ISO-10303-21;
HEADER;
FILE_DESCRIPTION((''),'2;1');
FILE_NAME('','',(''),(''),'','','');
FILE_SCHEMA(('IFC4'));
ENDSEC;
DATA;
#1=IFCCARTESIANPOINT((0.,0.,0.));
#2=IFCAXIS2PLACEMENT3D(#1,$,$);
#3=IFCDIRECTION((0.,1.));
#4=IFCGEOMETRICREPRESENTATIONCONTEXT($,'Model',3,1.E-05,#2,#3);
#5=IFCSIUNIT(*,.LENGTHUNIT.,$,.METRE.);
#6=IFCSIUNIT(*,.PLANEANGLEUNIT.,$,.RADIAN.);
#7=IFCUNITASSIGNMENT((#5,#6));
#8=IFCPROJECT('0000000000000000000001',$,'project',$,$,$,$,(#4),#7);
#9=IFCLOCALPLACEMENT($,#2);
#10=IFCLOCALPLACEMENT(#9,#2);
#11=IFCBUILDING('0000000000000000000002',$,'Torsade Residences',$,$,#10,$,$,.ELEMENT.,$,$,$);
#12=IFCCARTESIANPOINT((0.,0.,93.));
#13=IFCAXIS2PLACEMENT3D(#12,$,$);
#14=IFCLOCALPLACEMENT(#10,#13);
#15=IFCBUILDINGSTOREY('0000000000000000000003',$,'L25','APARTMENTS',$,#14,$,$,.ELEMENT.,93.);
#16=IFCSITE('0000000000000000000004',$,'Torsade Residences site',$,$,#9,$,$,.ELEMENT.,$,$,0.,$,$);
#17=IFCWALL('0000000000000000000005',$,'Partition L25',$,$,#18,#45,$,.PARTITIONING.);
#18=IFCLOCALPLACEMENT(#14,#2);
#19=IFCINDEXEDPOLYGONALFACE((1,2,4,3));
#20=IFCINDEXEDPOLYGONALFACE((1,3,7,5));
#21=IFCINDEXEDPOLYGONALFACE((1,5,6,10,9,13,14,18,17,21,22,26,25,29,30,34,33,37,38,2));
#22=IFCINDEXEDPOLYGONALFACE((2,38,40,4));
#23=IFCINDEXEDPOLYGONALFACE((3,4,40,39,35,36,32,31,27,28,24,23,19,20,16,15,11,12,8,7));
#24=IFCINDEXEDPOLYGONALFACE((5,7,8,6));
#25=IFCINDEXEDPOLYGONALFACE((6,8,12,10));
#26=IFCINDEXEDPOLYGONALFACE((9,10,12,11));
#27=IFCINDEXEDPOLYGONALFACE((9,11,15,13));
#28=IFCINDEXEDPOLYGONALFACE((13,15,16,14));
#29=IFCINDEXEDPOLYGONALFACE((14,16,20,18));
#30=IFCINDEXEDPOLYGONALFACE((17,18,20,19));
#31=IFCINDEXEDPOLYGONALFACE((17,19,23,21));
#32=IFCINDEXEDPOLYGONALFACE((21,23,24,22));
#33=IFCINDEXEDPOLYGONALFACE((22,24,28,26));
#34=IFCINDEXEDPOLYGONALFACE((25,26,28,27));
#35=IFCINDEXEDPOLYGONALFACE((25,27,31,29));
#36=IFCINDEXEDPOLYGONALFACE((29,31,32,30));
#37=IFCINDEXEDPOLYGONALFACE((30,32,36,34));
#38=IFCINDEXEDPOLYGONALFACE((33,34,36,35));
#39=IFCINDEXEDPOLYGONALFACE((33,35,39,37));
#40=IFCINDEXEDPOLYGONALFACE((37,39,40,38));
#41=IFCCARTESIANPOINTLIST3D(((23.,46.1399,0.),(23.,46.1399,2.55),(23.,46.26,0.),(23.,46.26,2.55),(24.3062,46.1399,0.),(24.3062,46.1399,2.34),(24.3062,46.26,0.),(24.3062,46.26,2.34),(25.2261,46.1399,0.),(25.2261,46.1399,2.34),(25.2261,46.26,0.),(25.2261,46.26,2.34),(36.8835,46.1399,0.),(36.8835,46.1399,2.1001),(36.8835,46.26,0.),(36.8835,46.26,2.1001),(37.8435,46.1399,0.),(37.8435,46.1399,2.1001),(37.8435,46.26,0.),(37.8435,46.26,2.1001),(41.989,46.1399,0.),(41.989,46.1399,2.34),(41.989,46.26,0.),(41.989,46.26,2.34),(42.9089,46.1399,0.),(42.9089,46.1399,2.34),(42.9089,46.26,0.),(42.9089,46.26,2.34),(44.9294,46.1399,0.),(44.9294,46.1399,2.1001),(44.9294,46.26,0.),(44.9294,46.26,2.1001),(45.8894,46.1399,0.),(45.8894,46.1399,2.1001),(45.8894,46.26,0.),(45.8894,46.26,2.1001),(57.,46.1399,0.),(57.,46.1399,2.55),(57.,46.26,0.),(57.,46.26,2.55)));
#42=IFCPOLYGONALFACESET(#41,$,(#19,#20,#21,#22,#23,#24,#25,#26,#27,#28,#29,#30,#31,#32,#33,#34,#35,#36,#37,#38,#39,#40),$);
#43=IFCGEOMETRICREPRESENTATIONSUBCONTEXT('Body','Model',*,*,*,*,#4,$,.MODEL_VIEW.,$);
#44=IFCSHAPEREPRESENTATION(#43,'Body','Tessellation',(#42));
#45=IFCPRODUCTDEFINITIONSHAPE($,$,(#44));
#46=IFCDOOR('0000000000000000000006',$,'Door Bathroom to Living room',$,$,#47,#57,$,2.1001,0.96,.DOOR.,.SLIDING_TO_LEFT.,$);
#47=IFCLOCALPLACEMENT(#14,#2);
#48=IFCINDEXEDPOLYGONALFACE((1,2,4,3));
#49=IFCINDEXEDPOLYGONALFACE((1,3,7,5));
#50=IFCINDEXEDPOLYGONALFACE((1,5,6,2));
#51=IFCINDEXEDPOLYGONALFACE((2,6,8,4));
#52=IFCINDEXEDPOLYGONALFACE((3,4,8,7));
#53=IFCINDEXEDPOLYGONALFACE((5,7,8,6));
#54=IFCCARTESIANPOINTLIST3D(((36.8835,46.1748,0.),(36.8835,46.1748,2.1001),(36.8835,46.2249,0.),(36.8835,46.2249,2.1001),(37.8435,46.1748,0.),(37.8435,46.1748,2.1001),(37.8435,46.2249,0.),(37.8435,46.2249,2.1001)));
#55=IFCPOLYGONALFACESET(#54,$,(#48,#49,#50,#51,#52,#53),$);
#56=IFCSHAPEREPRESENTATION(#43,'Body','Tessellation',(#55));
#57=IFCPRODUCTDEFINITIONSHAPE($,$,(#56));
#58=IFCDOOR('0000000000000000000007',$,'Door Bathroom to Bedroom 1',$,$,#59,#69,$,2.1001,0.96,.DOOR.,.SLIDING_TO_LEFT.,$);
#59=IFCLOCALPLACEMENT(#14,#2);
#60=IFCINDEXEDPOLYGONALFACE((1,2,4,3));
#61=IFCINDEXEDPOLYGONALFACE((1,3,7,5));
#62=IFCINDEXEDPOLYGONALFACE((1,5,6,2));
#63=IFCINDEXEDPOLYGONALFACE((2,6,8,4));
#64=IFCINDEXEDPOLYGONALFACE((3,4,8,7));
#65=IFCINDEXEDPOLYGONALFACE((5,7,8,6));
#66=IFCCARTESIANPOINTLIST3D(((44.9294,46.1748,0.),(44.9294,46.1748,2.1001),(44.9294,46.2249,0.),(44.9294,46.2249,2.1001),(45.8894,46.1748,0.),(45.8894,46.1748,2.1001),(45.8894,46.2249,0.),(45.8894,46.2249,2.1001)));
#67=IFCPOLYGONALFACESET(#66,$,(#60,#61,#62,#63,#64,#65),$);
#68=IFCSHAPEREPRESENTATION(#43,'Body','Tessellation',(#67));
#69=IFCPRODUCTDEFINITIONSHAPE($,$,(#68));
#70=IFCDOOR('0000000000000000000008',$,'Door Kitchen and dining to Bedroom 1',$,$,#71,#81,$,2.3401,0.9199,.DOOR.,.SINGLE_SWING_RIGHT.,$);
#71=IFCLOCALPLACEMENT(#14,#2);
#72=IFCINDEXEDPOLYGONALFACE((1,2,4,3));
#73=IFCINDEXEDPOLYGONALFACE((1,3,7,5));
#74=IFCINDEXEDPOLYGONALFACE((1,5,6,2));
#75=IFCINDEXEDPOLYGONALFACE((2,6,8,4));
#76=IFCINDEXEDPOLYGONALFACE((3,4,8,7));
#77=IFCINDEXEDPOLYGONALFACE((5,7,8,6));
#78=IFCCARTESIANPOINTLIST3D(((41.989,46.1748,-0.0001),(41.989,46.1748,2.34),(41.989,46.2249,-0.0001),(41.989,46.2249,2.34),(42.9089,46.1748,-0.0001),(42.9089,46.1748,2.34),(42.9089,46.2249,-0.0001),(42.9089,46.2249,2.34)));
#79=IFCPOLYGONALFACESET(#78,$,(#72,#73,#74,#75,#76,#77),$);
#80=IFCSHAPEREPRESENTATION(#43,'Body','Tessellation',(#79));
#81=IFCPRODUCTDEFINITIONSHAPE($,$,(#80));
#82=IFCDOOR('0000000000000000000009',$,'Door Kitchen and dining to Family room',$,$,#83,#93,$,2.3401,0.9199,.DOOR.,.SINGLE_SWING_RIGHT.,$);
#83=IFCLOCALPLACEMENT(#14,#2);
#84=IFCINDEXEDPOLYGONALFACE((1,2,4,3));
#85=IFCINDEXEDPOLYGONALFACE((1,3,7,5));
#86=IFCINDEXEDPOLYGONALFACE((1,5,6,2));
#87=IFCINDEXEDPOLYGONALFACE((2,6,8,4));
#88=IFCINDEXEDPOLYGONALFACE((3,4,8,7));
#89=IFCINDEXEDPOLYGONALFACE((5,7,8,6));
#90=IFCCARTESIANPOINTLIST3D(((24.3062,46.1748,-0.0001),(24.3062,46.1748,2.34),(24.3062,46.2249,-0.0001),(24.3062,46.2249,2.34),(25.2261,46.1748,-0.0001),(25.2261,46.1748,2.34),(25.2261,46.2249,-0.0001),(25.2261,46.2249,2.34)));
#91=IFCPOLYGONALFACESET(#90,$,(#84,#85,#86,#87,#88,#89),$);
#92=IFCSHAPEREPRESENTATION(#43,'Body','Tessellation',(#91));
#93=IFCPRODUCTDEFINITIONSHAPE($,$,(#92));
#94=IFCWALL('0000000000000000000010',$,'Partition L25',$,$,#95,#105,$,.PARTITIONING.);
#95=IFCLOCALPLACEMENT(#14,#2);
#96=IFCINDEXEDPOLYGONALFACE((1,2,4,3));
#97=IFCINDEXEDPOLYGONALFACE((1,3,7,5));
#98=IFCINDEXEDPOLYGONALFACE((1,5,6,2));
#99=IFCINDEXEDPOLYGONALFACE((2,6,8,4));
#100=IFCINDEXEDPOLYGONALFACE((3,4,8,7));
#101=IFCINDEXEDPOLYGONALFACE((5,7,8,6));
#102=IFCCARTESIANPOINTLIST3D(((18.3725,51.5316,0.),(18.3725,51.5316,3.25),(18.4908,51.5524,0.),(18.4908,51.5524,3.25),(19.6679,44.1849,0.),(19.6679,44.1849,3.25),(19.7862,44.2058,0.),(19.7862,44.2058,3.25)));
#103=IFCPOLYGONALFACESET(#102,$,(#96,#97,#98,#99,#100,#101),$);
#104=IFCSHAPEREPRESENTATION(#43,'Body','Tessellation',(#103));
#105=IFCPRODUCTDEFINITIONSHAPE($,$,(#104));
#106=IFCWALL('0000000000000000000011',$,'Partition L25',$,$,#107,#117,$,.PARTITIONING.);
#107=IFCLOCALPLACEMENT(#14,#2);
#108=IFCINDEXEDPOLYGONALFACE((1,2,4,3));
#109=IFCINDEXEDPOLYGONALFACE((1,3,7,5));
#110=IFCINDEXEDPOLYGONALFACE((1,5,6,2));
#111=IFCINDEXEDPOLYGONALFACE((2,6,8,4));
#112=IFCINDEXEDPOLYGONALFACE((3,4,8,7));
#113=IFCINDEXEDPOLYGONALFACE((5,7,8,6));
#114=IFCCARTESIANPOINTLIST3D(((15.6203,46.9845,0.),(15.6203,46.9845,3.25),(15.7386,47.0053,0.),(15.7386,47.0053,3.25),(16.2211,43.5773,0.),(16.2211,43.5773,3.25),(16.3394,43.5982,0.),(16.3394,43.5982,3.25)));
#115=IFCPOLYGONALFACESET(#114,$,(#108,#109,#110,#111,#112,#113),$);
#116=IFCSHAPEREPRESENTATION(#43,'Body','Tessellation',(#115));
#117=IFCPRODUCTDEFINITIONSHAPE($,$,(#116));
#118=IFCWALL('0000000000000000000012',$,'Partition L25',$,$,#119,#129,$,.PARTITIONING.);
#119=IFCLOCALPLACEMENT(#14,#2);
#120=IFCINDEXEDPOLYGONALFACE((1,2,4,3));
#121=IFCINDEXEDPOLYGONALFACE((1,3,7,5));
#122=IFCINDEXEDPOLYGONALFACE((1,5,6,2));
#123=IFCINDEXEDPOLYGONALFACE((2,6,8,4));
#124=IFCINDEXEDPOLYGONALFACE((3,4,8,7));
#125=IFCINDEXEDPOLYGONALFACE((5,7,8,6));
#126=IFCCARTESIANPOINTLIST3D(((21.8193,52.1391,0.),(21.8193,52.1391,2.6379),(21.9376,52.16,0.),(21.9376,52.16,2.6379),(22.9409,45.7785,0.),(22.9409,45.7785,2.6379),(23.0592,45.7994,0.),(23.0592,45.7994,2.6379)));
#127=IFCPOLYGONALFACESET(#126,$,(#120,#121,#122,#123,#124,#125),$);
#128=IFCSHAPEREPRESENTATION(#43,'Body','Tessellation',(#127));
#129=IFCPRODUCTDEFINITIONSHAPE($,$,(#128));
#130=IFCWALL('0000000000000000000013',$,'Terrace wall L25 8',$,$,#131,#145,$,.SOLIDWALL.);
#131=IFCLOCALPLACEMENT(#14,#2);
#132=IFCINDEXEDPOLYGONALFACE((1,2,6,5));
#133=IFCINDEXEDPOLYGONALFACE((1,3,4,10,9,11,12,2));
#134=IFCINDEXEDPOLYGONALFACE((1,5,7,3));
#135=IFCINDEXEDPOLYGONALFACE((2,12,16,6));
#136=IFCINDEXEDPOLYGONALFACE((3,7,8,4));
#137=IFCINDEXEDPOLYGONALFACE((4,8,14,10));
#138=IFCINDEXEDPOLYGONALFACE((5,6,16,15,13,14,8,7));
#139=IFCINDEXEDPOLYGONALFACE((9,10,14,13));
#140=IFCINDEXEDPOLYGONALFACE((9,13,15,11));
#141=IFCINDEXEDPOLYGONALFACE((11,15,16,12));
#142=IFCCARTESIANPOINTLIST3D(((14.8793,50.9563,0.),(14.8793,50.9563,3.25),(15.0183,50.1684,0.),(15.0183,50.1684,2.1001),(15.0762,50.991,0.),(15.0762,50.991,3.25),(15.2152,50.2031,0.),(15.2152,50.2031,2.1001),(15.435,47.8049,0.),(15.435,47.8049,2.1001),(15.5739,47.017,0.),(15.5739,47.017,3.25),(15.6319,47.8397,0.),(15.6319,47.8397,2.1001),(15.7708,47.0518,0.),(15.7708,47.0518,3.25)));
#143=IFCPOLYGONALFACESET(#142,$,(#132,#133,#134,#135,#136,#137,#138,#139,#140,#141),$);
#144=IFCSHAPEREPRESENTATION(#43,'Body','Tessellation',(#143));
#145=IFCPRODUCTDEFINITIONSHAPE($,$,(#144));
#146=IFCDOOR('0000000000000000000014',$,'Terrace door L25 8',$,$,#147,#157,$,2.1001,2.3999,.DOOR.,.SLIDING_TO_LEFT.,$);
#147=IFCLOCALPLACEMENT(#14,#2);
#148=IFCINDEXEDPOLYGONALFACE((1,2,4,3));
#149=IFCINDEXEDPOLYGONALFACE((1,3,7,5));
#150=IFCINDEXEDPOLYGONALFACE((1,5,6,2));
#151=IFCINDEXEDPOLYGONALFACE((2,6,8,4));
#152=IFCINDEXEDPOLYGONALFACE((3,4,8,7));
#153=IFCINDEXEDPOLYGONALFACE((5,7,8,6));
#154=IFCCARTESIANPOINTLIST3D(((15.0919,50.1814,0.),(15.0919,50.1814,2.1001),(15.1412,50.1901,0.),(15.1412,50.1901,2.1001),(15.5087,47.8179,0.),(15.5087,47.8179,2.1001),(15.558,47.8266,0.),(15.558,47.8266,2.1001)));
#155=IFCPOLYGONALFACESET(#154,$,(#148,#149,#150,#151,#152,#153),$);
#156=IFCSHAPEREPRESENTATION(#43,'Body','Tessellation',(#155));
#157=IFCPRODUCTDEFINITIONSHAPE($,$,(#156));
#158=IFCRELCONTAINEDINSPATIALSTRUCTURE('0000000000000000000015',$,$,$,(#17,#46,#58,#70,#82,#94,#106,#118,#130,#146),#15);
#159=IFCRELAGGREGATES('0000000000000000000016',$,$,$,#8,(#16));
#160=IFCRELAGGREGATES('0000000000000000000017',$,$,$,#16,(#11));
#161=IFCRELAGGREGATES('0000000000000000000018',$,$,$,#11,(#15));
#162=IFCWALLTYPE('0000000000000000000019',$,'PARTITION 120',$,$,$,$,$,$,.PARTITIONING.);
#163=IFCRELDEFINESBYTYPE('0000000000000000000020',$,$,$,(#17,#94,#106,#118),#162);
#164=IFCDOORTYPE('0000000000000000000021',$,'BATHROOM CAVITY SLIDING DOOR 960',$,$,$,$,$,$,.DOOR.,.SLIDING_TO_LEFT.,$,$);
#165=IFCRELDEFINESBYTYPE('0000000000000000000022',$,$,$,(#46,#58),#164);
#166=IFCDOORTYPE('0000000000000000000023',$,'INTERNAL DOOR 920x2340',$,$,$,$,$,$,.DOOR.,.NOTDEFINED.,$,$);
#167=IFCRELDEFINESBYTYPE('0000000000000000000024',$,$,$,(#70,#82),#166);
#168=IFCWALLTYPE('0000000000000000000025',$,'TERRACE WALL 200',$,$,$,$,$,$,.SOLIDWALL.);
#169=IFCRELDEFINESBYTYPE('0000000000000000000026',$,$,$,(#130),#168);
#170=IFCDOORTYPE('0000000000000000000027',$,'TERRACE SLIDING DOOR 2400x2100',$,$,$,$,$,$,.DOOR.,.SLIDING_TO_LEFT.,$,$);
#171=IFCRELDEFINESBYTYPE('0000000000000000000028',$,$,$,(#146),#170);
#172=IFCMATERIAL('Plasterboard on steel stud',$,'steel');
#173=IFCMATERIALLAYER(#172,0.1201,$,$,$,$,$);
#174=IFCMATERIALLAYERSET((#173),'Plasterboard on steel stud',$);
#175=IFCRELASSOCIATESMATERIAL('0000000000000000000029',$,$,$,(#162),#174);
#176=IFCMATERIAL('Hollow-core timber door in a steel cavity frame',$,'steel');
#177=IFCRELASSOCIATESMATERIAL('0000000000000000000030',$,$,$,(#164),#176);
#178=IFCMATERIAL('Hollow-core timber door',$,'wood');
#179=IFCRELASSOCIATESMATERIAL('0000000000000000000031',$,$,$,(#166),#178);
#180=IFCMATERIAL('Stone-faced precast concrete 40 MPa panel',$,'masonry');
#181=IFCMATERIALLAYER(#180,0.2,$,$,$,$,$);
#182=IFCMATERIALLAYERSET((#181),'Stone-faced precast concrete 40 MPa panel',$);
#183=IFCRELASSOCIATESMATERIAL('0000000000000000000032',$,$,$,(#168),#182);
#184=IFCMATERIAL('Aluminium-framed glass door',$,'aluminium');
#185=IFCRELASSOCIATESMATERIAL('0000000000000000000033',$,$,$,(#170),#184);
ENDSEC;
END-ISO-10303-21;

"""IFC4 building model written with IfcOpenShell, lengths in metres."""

from ifc_helpers import new_model, si_unit, direction, frame, frame_2d, origin, place, context, subcontext, project, spatial, rectangle, extrude, material, layer, layer_set, type_object, element, fill, save


model = new_model("IFC4")

# Units and contexts
model_context = context("Model", 3, precision=1e-05, world=origin(), true_north=direction((0.0, 1.0)))
body_context = subcontext(model_context, "Body", "Model", "MODEL_VIEW")
ifc_project = project(units=[si_unit("LENGTHUNIT", "METRE"), si_unit("PLANEANGLEUNIT", "RADIAN")], contexts=[model_context])

# Site, building, storey
site_placement = place(None, origin())
site = spatial("IfcSite", under=ifc_project, at=site_placement, Name="Torsade Residences site", CompositionType="ELEMENT", RefElevation=0.0)
building_placement = place(site_placement, origin())
building = spatial("IfcBuilding", under=site, at=building_placement, Name="Torsade Residences", CompositionType="ELEMENT")
storey_placement = place(building_placement, frame((0.0, 0.0, 93.0)))
storey = spatial("IfcBuildingStorey", under=building, at=storey_placement, Name="L25", Description="APARTMENTS", CompositionType="ELEMENT", Elevation=93.0)

# Wall, openings, doors
ifc_material_1 = material(Name="Plasterboard on steel stud", Category="steel")
ifc_layer_1 = layer(ifc_material_1, 0.1201)
ifc_layer_set_1 = layer_set([ifc_layer_1], Name="Plasterboard on steel stud")
wall_type_1 = type_object("IfcWallType", Name="PARTITION 120", PredefinedType="PARTITIONING", material=ifc_layer_set_1)
wall_1_placement = place(storey_placement, frame((23.0, 46.2, 0.0), z_axis=(0.0, 0.0, 1.0), x_axis=(1.0, 0.0, 0.0)))
wall_1 = element("IfcWall", 1, at=wall_1_placement, inside=storey, type_object=wall_type_1, Name="Partition L25", PredefinedType="PARTITIONING", context=body_context, shape_type="SweptSolid", body=[
    extrude(rectangle(XDim=34.0, YDim=0.1201, at=frame_2d((17.0, 0.0))), origin(), (0.0, 0.0, 1.0), 2.55),
])
opening_1_placement = place(wall_1_placement, frame((18.989, 0.0, 0.0)))
opening_1 = element("IfcOpeningElement", 2, at=opening_1_placement, cuts=wall_1, PredefinedType="OPENING", context=body_context, shape_type="SweptSolid", body=[
    extrude(rectangle(XDim=0.9199, YDim=2.3401, at=frame_2d((0.46, 1.1699))), frame((0.0, 0.0701, 0.0), z_axis=(0.0, -1.0, 0.0), x_axis=(1.0, 0.0, 0.0)), (0.0, 0.0, 1.0), 0.1401),
])
opening_2_placement = place(wall_1_placement, frame((1.3062, 0.0, 0.0)))
opening_2 = element("IfcOpeningElement", 3, at=opening_2_placement, cuts=wall_1, PredefinedType="OPENING", context=body_context, shape_type="SweptSolid", body=[
    extrude(rectangle(XDim=0.9199, YDim=2.3401, at=frame_2d((0.46, 1.1699))), frame((0.0, 0.0701, 0.0), z_axis=(0.0, -1.0, 0.0), x_axis=(1.0, 0.0, 0.0)), (0.0, 0.0, 1.0), 0.1401),
])
opening_3_placement = place(wall_1_placement, frame((13.8835, 0.0, 0.0)))
opening_3 = element("IfcOpeningElement", 4, at=opening_3_placement, cuts=wall_1, PredefinedType="OPENING", context=body_context, shape_type="SweptSolid", body=[
    extrude(rectangle(XDim=0.96, YDim=2.1001, at=frame_2d((0.48, 1.05))), frame((0.0, 0.0701, 0.0), z_axis=(0.0, -1.0, 0.0), x_axis=(1.0, 0.0, 0.0)), (0.0, 0.0, 1.0), 0.1401),
])
opening_4_placement = place(wall_1_placement, frame((21.9294, 0.0, 0.0)))
opening_4 = element("IfcOpeningElement", 5, at=opening_4_placement, cuts=wall_1, PredefinedType="OPENING", context=body_context, shape_type="SweptSolid", body=[
    extrude(rectangle(XDim=0.96, YDim=2.1001, at=frame_2d((0.48, 1.05))), frame((0.0, 0.0701, 0.0), z_axis=(0.0, -1.0, 0.0), x_axis=(1.0, 0.0, 0.0)), (0.0, 0.0, 1.0), 0.1401),
])
ifc_material_2 = material(Name="Hollow-core timber door in a steel cavity frame", Category="steel")
door_type_1 = type_object("IfcDoorType", Name="BATHROOM CAVITY SLIDING DOOR 960", OperationType="SLIDING_TO_LEFT", PredefinedType="DOOR", material=ifc_material_2)
door_1_placement = place(opening_3_placement, origin())
door_1 = element("IfcDoor", 6, at=door_1_placement, inside=storey, type_object=door_type_1, Name="Door Bathroom to Living room", OperationType="SLIDING_TO_LEFT", OverallHeight=2.1001, OverallWidth=0.96, PredefinedType="DOOR", context=body_context, shape_type="SweptSolid", body=[
    extrude(rectangle(XDim=0.96, YDim=2.1001, at=frame_2d((0.48, 1.05))), frame((0.0, 0.0249, 0.0), z_axis=(0.0, -1.0, 0.0), x_axis=(1.0, 0.0, 0.0)), (0.0, 0.0, 1.0), 0.05),
])
fill(opening_3, door_1)
door_2_placement = place(opening_4_placement, origin())
door_2 = element("IfcDoor", 7, at=door_2_placement, inside=storey, type_object=door_type_1, Name="Door Bathroom to Bedroom 1", OperationType="SLIDING_TO_LEFT", OverallHeight=2.1001, OverallWidth=0.96, PredefinedType="DOOR", context=body_context, shape_type="SweptSolid", body=[
    extrude(rectangle(XDim=0.96, YDim=2.1001, at=frame_2d((0.48, 1.05))), frame((0.0, 0.0249, 0.0), z_axis=(0.0, -1.0, 0.0), x_axis=(1.0, 0.0, 0.0)), (0.0, 0.0, 1.0), 0.05),
])
fill(opening_4, door_2)
ifc_material_3 = material(Name="Hollow-core timber door", Category="wood")
door_type_2 = type_object("IfcDoorType", Name="INTERNAL DOOR 920x2340", OperationType="NOTDEFINED", PredefinedType="DOOR", material=ifc_material_3)
door_3_placement = place(opening_1_placement, origin())
door_3 = element("IfcDoor", 8, at=door_3_placement, inside=storey, type_object=door_type_2, Name="Door Kitchen and dining to Bedroom 1", OperationType="SINGLE_SWING_RIGHT", OverallHeight=2.3401, OverallWidth=0.9199, PredefinedType="DOOR", context=body_context, shape_type="SweptSolid", body=[
    extrude(rectangle(XDim=0.9199, YDim=2.3401, at=frame_2d((0.46, 1.1699))), frame((0.0, 0.0249, 0.0), z_axis=(0.0, -1.0, 0.0), x_axis=(1.0, 0.0, 0.0)), (0.0, 0.0, 1.0), 0.05),
])
fill(opening_1, door_3)
door_4_placement = place(opening_2_placement, origin())
door_4 = element("IfcDoor", 9, at=door_4_placement, inside=storey, type_object=door_type_2, Name="Door Kitchen and dining to Family room", OperationType="SINGLE_SWING_RIGHT", OverallHeight=2.3401, OverallWidth=0.9199, PredefinedType="DOOR", context=body_context, shape_type="SweptSolid", body=[
    extrude(rectangle(XDim=0.9199, YDim=2.3401, at=frame_2d((0.46, 1.1699))), frame((0.0, 0.0249, 0.0), z_axis=(0.0, -1.0, 0.0), x_axis=(1.0, 0.0, 0.0)), (0.0, 0.0, 1.0), 0.05),
])
fill(opening_2, door_4)

# Walls
wall_2_placement = place(storey_placement, frame((18.4316, 51.542, 0.0), z_axis=(0.0, 0.0, 1.0), x_axis=(0.173647, -0.984808, 0.0)))
element("IfcWall", 10, at=wall_2_placement, inside=storey, type_object=wall_type_1, Name="Partition L25", PredefinedType="PARTITIONING", context=body_context, shape_type="SweptSolid", body=[
    extrude(rectangle(XDim=7.46, YDim=0.1201, at=frame_2d((3.73, 0.0))), origin(), (0.0, 0.0, 1.0), 3.25),
])
wall_3_placement = place(storey_placement, frame((16.2803, 43.5876, 0.0), z_axis=(0.0, 0.0, 1.0), x_axis=(-0.173661, 0.984806, 0.0)))
element("IfcWall", 11, at=wall_3_placement, inside=storey, type_object=wall_type_1, Name="Partition L25", PredefinedType="PARTITIONING", context=body_context, shape_type="SweptSolid", body=[
    extrude(rectangle(XDim=3.4597, YDim=0.1201, at=frame_2d((1.73, 0.0))), origin(), (0.0, 0.0, 1.0), 3.25),
])
wall_4_placement = place(storey_placement, frame((21.8784, 52.1497, 0.0), z_axis=(0.0, 0.0, 1.0), x_axis=(0.173654, -0.984807, 0.0)))
element("IfcWall", 12, at=wall_4_placement, inside=storey, type_object=wall_type_1, Name="Partition L25", PredefinedType="PARTITIONING", context=body_context, shape_type="SweptSolid", body=[
    extrude(rectangle(XDim=6.4587, YDim=0.1201, at=frame_2d((3.2295, 0.0))), origin(), (0.0, 0.0, 1.0), 2.6379),
])

# Wall, opening, door
ifc_material_4 = material(Name="Stone-faced precast concrete 40 MPa panel", Category="masonry")
ifc_layer_2 = layer(ifc_material_4, 0.2)
ifc_layer_set_2 = layer_set([ifc_layer_2], Name="Stone-faced precast concrete 40 MPa panel")
wall_type_2 = type_object("IfcWallType", Name="TERRACE WALL 200", PredefinedType="SOLIDWALL", material=ifc_layer_set_2)
wall_5_placement = place(storey_placement, frame((14.9778, 50.9736, 0.0), z_axis=(0.0, 0.0, 1.0), x_axis=(0.173646, -0.984808, 0.0)))
wall_5 = element("IfcWall", 13, at=wall_5_placement, inside=storey, type_object=wall_type_2, Name="Terrace wall L25 8", PredefinedType="SOLIDWALL", context=body_context, shape_type="SweptSolid", body=[
    extrude(rectangle(XDim=4.0, YDim=0.2, at=frame_2d((2.0, 0.0))), origin(), (0.0, 0.0, 1.0), 3.25),
])
opening_5_placement = place(wall_5_placement, frame((0.8, 0.0, 0.0)))
opening_5 = element("IfcOpeningElement", 14, at=opening_5_placement, cuts=wall_5, PredefinedType="OPENING", context=body_context, shape_type="SweptSolid", body=[
    extrude(rectangle(XDim=2.3999, YDim=2.1001, at=frame_2d((1.2, 1.05))), frame((0.0, 0.1099, 0.0), z_axis=(0.0, -1.0, 0.0), x_axis=(1.0, 0.0, 0.0)), (0.0, 0.0, 1.0), 0.22),
])
ifc_material_5 = material(Name="Aluminium-framed glass door", Category="aluminium")
door_type_3 = type_object("IfcDoorType", Name="TERRACE SLIDING DOOR 2400x2100", OperationType="SLIDING_TO_LEFT", PredefinedType="DOOR", material=ifc_material_5)
door_5_placement = place(opening_5_placement, origin())
door_5 = element("IfcDoor", 15, at=door_5_placement, inside=storey, type_object=door_type_3, Name="Terrace door L25 8", OperationType="SLIDING_TO_LEFT", OverallHeight=2.1001, OverallWidth=2.3999, PredefinedType="DOOR", context=body_context, shape_type="SweptSolid", body=[
    extrude(rectangle(XDim=2.3999, YDim=2.1001, at=frame_2d((1.2, 1.05))), frame((0.0, 0.0249, 0.0), z_axis=(0.0, -1.0, 0.0), x_axis=(1.0, 0.0, 0.0)), (0.0, 0.0, 1.0), 0.05),
])
fill(opening_5, door_5)

save(model, "model.ifc")
